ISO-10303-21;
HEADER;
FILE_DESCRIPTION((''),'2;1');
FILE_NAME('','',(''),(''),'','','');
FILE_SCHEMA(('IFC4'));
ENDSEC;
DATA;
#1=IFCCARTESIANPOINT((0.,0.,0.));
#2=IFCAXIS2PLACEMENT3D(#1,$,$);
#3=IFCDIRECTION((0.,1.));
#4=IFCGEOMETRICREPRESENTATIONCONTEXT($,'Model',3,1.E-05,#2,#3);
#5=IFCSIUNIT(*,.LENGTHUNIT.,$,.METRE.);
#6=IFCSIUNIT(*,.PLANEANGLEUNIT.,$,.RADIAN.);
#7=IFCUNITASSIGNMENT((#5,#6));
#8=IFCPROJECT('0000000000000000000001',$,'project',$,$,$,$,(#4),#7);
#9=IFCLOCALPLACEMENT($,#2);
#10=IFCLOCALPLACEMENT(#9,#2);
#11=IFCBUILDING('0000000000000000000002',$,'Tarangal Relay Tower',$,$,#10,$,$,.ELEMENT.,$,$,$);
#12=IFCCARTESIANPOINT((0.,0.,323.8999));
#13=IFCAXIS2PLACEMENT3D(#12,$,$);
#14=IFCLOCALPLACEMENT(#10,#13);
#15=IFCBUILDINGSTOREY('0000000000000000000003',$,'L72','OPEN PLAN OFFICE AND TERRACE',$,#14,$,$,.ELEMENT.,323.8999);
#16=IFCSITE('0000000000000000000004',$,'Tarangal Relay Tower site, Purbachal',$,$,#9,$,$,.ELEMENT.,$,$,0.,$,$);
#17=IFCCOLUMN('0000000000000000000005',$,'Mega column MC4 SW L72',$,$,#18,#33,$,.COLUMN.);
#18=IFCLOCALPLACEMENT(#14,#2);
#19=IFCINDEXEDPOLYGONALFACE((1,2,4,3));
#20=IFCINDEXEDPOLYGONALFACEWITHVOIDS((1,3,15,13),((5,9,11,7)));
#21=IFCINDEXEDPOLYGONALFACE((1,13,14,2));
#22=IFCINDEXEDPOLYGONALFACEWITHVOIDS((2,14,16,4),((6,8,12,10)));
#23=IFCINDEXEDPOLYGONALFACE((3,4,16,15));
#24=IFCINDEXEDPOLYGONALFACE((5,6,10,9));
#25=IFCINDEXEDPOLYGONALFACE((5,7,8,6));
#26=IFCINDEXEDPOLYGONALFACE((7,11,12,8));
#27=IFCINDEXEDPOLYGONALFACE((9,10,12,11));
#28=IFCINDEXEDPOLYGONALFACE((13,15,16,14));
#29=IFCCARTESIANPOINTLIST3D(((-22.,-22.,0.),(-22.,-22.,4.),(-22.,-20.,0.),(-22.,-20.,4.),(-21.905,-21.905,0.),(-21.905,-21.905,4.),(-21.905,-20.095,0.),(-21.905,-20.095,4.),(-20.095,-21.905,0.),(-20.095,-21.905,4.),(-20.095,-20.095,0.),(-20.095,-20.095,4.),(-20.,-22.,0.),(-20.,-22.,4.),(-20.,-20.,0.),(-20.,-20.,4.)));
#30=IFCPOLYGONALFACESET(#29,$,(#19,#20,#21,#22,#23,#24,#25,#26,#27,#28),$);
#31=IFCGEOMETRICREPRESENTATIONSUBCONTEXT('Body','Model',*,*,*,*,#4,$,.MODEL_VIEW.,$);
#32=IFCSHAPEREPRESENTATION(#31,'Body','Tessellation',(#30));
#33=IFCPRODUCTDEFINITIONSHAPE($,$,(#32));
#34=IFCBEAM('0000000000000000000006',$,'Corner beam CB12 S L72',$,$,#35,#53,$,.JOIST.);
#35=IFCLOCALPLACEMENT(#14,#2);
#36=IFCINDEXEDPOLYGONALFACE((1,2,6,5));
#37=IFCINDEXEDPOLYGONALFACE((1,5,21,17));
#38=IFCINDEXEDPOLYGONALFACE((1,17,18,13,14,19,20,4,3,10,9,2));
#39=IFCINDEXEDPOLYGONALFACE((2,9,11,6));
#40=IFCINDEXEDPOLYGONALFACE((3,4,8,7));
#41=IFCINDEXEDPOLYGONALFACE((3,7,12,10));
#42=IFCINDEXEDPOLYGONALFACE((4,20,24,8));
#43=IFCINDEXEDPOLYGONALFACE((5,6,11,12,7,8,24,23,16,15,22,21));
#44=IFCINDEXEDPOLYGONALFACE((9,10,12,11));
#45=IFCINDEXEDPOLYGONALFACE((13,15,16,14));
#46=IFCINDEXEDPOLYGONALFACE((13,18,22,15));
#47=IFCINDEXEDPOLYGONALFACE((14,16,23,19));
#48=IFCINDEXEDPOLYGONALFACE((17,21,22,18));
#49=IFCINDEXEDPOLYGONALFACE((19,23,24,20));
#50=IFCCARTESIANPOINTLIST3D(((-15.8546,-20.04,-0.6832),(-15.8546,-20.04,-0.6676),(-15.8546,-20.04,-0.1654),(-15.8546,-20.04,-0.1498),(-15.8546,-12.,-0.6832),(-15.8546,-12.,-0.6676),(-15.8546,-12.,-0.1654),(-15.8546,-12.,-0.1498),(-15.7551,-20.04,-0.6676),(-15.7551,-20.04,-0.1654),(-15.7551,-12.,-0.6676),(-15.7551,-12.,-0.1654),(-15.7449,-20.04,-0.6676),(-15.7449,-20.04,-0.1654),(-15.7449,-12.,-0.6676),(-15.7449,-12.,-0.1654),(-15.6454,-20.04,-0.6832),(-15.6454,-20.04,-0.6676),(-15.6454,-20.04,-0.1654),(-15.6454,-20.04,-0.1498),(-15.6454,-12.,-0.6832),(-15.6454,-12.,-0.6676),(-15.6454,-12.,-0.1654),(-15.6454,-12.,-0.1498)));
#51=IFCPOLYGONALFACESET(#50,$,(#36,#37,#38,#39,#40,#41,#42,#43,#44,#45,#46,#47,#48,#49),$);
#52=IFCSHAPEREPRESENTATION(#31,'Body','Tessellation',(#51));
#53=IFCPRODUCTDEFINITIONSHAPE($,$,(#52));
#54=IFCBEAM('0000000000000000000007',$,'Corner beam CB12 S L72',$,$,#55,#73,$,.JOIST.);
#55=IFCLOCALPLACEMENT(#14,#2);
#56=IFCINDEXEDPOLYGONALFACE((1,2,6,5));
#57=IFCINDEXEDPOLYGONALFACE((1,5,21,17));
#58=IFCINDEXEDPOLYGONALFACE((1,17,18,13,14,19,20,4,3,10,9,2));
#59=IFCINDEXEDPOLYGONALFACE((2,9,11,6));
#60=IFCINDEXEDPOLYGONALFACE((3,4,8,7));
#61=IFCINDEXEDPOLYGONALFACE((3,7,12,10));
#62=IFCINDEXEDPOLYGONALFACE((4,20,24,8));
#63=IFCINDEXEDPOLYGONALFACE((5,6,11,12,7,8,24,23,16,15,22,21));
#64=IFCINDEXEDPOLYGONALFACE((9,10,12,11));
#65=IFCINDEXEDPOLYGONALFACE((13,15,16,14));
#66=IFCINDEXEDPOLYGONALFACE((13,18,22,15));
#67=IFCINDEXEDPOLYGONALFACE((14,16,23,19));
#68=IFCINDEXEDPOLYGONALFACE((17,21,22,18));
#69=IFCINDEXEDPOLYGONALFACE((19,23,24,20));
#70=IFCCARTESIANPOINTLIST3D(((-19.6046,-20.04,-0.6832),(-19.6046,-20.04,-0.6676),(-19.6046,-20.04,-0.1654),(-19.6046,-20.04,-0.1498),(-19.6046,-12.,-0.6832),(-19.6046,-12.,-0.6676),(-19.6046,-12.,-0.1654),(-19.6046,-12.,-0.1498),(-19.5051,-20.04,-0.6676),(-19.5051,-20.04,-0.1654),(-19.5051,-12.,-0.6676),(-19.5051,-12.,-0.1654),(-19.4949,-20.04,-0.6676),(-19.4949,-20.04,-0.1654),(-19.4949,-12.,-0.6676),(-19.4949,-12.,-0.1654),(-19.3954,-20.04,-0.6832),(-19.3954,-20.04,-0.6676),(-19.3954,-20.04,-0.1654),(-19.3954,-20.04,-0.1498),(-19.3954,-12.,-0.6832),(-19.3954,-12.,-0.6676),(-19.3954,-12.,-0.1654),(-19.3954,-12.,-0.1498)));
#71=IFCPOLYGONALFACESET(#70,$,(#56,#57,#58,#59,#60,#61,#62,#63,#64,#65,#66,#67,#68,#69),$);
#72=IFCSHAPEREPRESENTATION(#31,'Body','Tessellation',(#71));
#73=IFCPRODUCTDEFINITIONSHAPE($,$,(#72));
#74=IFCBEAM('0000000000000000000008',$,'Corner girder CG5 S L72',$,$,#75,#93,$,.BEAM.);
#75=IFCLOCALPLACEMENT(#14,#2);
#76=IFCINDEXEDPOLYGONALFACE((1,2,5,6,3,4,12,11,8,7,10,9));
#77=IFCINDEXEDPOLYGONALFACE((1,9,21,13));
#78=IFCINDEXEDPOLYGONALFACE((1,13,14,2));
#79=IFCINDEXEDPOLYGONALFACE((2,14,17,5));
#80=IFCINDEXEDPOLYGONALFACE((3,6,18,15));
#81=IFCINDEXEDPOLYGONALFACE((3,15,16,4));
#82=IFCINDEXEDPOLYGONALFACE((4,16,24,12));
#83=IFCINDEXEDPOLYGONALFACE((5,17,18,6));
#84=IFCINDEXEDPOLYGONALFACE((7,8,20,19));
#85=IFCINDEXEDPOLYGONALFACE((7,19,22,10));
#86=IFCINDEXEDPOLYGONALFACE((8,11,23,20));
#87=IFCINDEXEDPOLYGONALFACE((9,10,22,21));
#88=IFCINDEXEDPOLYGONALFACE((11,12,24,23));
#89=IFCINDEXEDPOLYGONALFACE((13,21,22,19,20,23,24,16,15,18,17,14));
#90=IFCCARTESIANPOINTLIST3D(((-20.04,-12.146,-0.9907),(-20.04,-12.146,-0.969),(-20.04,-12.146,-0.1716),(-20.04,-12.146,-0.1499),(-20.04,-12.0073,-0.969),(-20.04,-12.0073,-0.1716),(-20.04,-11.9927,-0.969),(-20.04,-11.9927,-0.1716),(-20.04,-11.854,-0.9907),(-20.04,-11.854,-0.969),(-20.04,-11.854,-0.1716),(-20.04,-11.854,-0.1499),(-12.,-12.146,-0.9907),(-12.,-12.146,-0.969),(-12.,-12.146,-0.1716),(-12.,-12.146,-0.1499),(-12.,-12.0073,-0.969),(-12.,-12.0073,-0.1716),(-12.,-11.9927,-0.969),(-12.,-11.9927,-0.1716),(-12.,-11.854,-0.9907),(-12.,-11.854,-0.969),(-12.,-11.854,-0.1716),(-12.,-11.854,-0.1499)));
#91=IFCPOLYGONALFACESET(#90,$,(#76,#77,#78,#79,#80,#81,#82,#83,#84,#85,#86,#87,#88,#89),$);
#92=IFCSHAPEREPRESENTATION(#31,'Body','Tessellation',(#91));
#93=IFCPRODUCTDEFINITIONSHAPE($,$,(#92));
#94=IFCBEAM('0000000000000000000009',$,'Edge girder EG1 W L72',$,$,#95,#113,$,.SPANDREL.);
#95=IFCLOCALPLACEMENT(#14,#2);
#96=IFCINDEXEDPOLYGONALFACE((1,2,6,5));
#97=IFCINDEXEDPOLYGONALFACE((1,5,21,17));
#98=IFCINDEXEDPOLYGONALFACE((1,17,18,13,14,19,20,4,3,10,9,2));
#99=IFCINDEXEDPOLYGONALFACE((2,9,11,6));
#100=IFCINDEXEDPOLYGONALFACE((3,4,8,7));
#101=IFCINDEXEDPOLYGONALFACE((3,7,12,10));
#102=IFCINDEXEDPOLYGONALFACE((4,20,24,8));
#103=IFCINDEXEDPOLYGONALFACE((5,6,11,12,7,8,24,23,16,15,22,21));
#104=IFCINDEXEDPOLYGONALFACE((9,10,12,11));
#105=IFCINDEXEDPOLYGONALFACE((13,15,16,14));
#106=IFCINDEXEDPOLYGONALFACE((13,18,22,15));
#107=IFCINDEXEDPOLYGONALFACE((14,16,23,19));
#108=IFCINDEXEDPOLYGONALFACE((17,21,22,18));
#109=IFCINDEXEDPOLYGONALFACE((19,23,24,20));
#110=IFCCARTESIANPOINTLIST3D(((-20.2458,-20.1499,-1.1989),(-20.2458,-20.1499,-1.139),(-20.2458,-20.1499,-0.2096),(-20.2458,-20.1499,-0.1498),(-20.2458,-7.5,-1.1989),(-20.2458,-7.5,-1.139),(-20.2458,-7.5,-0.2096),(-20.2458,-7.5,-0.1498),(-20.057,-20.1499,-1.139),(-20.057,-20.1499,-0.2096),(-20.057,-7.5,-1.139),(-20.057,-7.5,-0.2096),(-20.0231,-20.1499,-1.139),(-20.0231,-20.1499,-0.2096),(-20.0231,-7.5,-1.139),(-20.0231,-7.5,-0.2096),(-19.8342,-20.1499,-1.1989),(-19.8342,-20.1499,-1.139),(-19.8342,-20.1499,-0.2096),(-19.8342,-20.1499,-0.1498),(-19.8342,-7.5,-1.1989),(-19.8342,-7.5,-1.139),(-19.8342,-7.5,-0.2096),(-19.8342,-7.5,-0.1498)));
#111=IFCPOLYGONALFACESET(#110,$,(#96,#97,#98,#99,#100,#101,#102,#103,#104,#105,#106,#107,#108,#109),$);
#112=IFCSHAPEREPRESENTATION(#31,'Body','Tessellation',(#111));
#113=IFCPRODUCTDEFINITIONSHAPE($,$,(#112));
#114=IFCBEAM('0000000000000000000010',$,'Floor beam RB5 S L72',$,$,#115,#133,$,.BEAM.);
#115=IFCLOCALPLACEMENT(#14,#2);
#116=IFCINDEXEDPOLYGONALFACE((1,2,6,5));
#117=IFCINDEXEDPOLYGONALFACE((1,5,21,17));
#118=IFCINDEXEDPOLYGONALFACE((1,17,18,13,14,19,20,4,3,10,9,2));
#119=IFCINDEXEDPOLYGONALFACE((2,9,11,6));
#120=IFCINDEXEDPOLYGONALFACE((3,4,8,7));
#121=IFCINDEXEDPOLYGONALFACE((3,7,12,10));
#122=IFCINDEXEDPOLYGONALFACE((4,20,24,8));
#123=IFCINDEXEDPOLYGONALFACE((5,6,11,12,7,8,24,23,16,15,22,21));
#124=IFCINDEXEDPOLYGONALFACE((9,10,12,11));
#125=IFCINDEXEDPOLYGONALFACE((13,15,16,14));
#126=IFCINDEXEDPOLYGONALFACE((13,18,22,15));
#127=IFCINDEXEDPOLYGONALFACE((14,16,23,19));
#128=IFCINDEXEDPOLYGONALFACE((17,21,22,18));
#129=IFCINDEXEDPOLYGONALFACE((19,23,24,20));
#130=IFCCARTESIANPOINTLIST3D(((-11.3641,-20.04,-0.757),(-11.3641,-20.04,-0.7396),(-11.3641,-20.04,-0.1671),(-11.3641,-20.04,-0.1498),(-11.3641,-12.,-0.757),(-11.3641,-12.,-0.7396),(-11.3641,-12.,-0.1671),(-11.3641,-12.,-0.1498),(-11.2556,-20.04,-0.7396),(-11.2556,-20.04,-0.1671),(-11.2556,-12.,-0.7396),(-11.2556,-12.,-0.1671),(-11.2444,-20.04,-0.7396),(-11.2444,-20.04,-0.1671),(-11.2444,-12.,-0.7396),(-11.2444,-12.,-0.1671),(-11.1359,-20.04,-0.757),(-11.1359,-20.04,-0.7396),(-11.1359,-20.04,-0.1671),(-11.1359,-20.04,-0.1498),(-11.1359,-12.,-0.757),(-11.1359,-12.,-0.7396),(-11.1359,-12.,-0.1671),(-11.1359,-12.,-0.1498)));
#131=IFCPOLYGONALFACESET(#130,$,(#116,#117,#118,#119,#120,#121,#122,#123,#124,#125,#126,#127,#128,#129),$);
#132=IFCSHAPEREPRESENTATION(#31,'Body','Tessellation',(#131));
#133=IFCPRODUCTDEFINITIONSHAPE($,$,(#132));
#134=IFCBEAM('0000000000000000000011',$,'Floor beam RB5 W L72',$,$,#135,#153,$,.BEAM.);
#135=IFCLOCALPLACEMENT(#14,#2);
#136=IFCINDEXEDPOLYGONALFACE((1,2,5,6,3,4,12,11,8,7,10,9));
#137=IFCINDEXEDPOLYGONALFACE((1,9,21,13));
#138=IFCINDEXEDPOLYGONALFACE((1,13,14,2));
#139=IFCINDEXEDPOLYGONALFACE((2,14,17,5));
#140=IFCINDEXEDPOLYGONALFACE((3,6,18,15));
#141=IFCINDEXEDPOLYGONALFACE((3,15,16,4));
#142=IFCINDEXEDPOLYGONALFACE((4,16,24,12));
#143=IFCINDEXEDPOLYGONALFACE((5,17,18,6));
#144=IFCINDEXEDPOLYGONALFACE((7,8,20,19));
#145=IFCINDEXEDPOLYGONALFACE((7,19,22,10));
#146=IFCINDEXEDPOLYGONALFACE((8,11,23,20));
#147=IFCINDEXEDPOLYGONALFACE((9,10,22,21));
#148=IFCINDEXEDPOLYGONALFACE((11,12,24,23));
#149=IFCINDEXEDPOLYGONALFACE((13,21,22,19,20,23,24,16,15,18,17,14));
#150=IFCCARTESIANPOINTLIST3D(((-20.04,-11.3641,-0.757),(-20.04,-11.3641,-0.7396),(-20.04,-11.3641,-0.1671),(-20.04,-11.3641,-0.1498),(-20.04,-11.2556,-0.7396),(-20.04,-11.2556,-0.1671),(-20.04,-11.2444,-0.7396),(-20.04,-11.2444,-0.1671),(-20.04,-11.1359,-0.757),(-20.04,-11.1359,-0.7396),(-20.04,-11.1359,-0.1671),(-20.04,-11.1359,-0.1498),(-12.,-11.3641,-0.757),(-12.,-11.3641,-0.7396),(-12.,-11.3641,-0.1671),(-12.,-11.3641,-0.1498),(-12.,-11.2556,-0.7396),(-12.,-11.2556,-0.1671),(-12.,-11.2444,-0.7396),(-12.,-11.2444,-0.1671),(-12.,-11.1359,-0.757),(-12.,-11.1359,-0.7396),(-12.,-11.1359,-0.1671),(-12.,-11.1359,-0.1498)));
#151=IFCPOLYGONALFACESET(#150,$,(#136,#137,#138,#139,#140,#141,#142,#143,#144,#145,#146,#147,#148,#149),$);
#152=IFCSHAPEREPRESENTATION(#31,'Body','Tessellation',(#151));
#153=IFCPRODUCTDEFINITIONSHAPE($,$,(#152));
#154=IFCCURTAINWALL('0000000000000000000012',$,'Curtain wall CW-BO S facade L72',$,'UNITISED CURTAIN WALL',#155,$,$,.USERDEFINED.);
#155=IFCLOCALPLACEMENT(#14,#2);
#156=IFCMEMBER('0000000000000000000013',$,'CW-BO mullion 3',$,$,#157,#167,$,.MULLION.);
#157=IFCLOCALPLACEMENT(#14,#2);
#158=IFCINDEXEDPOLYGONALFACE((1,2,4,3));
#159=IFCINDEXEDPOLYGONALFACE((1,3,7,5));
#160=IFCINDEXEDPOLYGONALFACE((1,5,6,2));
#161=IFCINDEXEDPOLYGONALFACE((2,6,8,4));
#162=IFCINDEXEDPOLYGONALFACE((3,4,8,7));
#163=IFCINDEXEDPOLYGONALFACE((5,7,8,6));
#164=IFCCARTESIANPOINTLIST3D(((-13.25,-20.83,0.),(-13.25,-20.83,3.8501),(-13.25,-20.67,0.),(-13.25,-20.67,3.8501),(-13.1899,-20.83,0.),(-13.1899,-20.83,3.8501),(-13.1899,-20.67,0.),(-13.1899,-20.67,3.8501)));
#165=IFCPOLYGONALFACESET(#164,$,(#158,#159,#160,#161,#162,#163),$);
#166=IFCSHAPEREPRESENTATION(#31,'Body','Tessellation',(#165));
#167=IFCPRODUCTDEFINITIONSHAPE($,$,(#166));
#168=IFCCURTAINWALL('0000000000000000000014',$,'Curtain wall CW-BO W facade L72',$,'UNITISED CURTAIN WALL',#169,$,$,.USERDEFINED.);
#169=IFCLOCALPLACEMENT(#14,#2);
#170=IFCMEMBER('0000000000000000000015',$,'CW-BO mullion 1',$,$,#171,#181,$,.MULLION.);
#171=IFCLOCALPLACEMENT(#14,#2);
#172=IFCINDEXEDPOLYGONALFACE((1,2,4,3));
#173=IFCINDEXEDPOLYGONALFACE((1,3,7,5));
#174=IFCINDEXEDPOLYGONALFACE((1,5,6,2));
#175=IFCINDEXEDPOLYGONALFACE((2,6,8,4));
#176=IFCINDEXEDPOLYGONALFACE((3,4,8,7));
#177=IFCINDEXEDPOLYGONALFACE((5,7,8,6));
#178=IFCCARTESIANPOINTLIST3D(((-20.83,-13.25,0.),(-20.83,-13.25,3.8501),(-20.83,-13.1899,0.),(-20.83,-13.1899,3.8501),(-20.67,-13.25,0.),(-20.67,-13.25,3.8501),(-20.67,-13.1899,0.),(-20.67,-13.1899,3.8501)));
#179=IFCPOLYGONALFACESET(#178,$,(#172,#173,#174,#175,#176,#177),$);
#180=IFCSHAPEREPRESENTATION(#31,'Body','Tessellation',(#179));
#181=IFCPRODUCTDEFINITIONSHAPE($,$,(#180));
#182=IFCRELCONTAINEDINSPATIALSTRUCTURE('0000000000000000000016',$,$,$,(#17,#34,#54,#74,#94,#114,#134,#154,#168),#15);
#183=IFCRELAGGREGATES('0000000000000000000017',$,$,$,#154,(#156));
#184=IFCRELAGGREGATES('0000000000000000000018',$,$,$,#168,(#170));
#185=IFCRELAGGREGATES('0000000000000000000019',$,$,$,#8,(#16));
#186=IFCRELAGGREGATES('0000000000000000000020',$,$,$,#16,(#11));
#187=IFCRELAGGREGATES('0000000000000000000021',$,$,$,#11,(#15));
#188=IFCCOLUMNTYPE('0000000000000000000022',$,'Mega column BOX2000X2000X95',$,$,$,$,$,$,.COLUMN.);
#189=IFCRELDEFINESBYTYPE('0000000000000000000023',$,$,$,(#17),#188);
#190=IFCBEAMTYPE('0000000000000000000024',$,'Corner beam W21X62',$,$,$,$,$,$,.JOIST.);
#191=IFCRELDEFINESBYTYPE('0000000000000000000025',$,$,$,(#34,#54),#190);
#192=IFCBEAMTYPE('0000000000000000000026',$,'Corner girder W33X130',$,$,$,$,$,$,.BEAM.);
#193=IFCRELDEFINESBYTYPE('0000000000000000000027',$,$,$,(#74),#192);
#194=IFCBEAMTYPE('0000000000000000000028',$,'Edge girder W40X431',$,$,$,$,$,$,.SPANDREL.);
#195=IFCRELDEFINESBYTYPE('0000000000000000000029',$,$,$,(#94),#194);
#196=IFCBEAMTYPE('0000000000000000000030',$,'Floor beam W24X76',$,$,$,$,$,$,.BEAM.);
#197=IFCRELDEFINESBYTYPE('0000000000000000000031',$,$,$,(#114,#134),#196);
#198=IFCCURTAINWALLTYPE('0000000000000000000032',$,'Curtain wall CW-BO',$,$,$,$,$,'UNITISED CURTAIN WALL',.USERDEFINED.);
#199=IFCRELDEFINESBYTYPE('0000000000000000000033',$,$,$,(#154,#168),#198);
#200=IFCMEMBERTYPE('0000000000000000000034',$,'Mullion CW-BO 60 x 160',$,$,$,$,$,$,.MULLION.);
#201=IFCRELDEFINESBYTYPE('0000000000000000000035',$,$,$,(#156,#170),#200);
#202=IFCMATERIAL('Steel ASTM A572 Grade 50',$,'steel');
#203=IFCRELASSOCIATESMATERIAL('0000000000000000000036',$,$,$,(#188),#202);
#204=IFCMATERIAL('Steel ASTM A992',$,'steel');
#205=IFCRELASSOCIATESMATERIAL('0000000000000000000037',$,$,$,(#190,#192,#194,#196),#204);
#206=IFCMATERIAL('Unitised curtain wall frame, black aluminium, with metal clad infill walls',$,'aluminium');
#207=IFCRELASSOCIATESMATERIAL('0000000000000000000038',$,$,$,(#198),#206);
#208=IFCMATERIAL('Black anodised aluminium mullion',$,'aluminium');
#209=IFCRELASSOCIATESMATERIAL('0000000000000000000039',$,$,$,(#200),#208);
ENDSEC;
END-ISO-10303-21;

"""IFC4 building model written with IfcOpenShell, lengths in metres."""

from ifc_helpers import new_model, si_unit, direction, frame, origin, origin_2d, place, context, subcontext, project, spatial, rectangle, hollow_rectangle, i_section, extrude, material, material_profile, profile_set, type_object, element, aggregate, save


model = new_model("IFC4")

# Units and contexts
model_context = context("Model", 3, precision=1e-05, world=origin(), true_north=direction((0.0, 1.0)))
body_context = subcontext(model_context, "Body", "Model", "MODEL_VIEW")
ifc_project = project(units=[si_unit("LENGTHUNIT", "METRE"), si_unit("PLANEANGLEUNIT", "RADIAN")], contexts=[model_context])

# Site, building, storey
site_placement = place(None, origin())
site = spatial("IfcSite", under=ifc_project, at=site_placement, Name="Tarangal Relay Tower site, Purbachal", CompositionType="ELEMENT", RefElevation=0.0)
building_placement = place(site_placement, origin())
building = spatial("IfcBuilding", under=site, at=building_placement, Name="Tarangal Relay Tower", CompositionType="ELEMENT")
storey_placement = place(building_placement, frame((0.0, 0.0, 323.8999)))
storey = spatial("IfcBuildingStorey", under=building, at=storey_placement, Name="L72", Description="OPEN PLAN OFFICE AND TERRACE", CompositionType="ELEMENT", Elevation=323.8999)

# Column
ifc_material_1 = material(Name="Steel ASTM A572 Grade 50", Category="steel")
ifc_material_profile_1 = material_profile(ifc_material_1, hollow_rectangle(XDim=2.0, YDim=2.0, WallThickness=0.095, at=origin_2d()), Name="BOX2000X2000X95")
ifc_profile_set_1 = profile_set([ifc_material_profile_1], Name="Steel ASTM A572 Grade 50")
column_type = type_object("IfcColumnType", Name="Mega column BOX2000X2000X95", PredefinedType="COLUMN", material=ifc_profile_set_1)
column_placement = place(storey_placement, frame((-21.0, -21.0, 0.0), z_axis=(0.0, 0.0, 1.0), x_axis=(1.0, 0.0, 0.0)))
element("IfcColumn", 1, at=column_placement, inside=storey, type_object=column_type, Name="Mega column MC4 SW L72", PredefinedType="COLUMN", context=body_context, shape_type="SweptSolid", body=[
    extrude(hollow_rectangle(XDim=2.0, YDim=2.0, WallThickness=0.095, at=origin_2d()), origin(), (0.0, 0.0, 1.0), 4.0),
])

# Beams
ifc_material_2 = material(Name="Steel ASTM A992", Category="steel")
ifc_material_profile_2 = material_profile(ifc_material_2, i_section(OverallWidth=0.2092, OverallDepth=0.5334, WebThickness=0.0103, FlangeThickness=0.0156, at=origin_2d()), Name="W21X62")
ifc_profile_set_2 = profile_set([ifc_material_profile_2], Name="Steel ASTM A992")
beam_type_1 = type_object("IfcBeamType", Name="Corner beam W21X62", PredefinedType="JOIST", material=ifc_profile_set_2)
for number, where, z_axis, x_axis, name in (
    (2, (-15.75, -12.0, -0.4165), (0.0, -1.0, 0.0), (1.0, 0.0, 0.0), "Corner beam CB12 S L72"),
    (3, (-19.5, -12.0, -0.4165), (0.0, -1.0, 0.0), (1.0, 0.0, 0.0), "Corner beam CB12 S L72"),
):
    element("IfcBeam", number, at=place(storey_placement, frame(where, z_axis=z_axis, x_axis=x_axis)), inside=storey, type_object=beam_type_1, Name=name, PredefinedType="JOIST", context=body_context, shape_type="SweptSolid", body=[
        extrude(i_section(OverallWidth=0.2092, OverallDepth=0.5334, WebThickness=0.0103, FlangeThickness=0.0156, at=origin_2d()), origin(), (0.0, 0.0, 1.0), 8.04),
    ])
ifc_material_profile_3 = material_profile(ifc_material_2, i_section(OverallWidth=0.292, OverallDepth=0.8408, WebThickness=0.0146, FlangeThickness=0.0217, at=origin_2d()), Name="W33X130")
ifc_profile_set_3 = profile_set([ifc_material_profile_3], Name="Steel ASTM A992")
beam_type_2 = type_object("IfcBeamType", Name="Corner girder W33X130", PredefinedType="BEAM", material=ifc_profile_set_3)
beam_1_placement = place(storey_placement, frame((-12.0, -12.0, -0.5703), z_axis=(-1.0, 0.0, 0.0), x_axis=(0.0, -1.0, 0.0)))
element("IfcBeam", 4, at=beam_1_placement, inside=storey, type_object=beam_type_2, Name="Corner girder CG5 S L72", PredefinedType="BEAM", context=body_context, shape_type="SweptSolid", body=[
    extrude(i_section(OverallWidth=0.292, OverallDepth=0.8408, WebThickness=0.0146, FlangeThickness=0.0217, at=origin_2d()), origin(), (0.0, 0.0, 1.0), 8.04),
])
ifc_material_profile_4 = material_profile(ifc_material_2, i_section(OverallWidth=0.4116, OverallDepth=1.0491, WebThickness=0.0339, FlangeThickness=0.0598, at=origin_2d()), Name="W40X431")
ifc_profile_set_4 = profile_set([ifc_material_profile_4], Name="Steel ASTM A992")
beam_type_3 = type_object("IfcBeamType", Name="Edge girder W40X431", PredefinedType="SPANDREL", material=ifc_profile_set_4)
beam_2_placement = place(storey_placement, frame((-20.04, -20.1499, -0.6743), z_axis=(0.0, 1.0, 0.0), x_axis=(-1.0, 0.0, 0.0)))
element("IfcBeam", 5, at=beam_2_placement, inside=storey, type_object=beam_type_3, Name="Edge girder EG1 W L72", PredefinedType="SPANDREL", context=body_context, shape_type="SweptSolid", body=[
    extrude(i_section(OverallWidth=0.4116, OverallDepth=1.0491, WebThickness=0.0339, FlangeThickness=0.0598, at=origin_2d()), origin(), (0.0, 0.0, 1.0), 12.6499),
])
ifc_material_profile_5 = material_profile(ifc_material_2, i_section(OverallWidth=0.2283, OverallDepth=0.6072, WebThickness=0.0112, FlangeThickness=0.0173, at=origin_2d()), Name="W24X76")
ifc_profile_set_5 = profile_set([ifc_material_profile_5], Name="Steel ASTM A992")
beam_type_4 = type_object("IfcBeamType", Name="Floor beam W24X76", PredefinedType="BEAM", material=ifc_profile_set_5)
for number, where, z_axis, x_axis, name in (
    (6, (-11.25, -12.0, -0.4534), (0.0, -1.0, 0.0), (1.0, 0.0, 0.0), "Floor beam RB5 S L72"),
    (7, (-12.0, -11.25, -0.4534), (-1.0, 0.0, 0.0), (0.0, -1.0, 0.0), "Floor beam RB5 W L72"),
):
    element("IfcBeam", number, at=place(storey_placement, frame(where, z_axis=z_axis, x_axis=x_axis)), inside=storey, type_object=beam_type_4, Name=name, PredefinedType="BEAM", context=body_context, shape_type="SweptSolid", body=[
        extrude(i_section(OverallWidth=0.2283, OverallDepth=0.6072, WebThickness=0.0112, FlangeThickness=0.0173, at=origin_2d()), origin(), (0.0, 0.0, 1.0), 8.04),
    ])

# Curtain wall, member
ifc_material_3 = material(Name="Unitised curtain wall frame, black aluminium, with metal clad infill walls", Category="aluminium")
curtain_wall_type = type_object("IfcCurtainWallType", Name="Curtain wall CW-BO", ElementType="UNITISED CURTAIN WALL", PredefinedType="USERDEFINED", material=ifc_material_3)
curtain_wall_1_placement = place(storey_placement, origin())
curtain_wall_1 = element("IfcCurtainWall", 8, at=curtain_wall_1_placement, inside=storey, type_object=curtain_wall_type, Name="Curtain wall CW-BO S facade L72", ObjectType="UNITISED CURTAIN WALL", PredefinedType="USERDEFINED")
ifc_material_4 = material(Name="Black anodised aluminium mullion", Category="aluminium")
ifc_material_profile_6 = material_profile(ifc_material_4, rectangle(XDim=0.1599, YDim=0.0601, at=origin_2d()), Name="CW-BOM 60X160")
ifc_profile_set_6 = profile_set([ifc_material_profile_6], Name="Black anodised aluminium mullion")
member_type_1 = type_object("IfcMemberType", Name="Mullion CW-BO 60 x 160", PredefinedType="MULLION", material=ifc_profile_set_6)
member_1_placement = place(storey_placement, frame((-13.22, -20.75, 0.0), z_axis=(0.0, 0.0, 1.0), x_axis=(0.0, -1.0, 0.0)))
member_1 = element("IfcMember", 9, at=member_1_placement, type_object=member_type_1, Name="CW-BO mullion 3", PredefinedType="MULLION", context=body_context, shape_type="SweptSolid", body=[
    extrude(rectangle(XDim=0.1599, YDim=0.0601, at=origin_2d()), origin(), (0.0, 0.0, 1.0), 3.8501),
])

# Curtain wall, member
curtain_wall_2_placement = place(storey_placement, origin())
curtain_wall_2 = element("IfcCurtainWall", 10, at=curtain_wall_2_placement, inside=storey, type_object=curtain_wall_type, Name="Curtain wall CW-BO W facade L72", ObjectType="UNITISED CURTAIN WALL", PredefinedType="USERDEFINED")
member_2_placement = place(storey_placement, frame((-20.75, -13.22, 0.0), z_axis=(0.0, 0.0, 1.0), x_axis=(-1.0, 0.0, 0.0)))
member_2 = element("IfcMember", 11, at=member_2_placement, type_object=member_type_1, Name="CW-BO mullion 1", PredefinedType="MULLION", context=body_context, shape_type="SweptSolid", body=[
    extrude(rectangle(XDim=0.1599, YDim=0.0601, at=origin_2d()), origin(), (0.0, 0.0, 1.0), 3.8501),
])

aggregate(curtain_wall_1, [member_1])
aggregate(curtain_wall_2, [member_2])

save(model, "model.ifc")
